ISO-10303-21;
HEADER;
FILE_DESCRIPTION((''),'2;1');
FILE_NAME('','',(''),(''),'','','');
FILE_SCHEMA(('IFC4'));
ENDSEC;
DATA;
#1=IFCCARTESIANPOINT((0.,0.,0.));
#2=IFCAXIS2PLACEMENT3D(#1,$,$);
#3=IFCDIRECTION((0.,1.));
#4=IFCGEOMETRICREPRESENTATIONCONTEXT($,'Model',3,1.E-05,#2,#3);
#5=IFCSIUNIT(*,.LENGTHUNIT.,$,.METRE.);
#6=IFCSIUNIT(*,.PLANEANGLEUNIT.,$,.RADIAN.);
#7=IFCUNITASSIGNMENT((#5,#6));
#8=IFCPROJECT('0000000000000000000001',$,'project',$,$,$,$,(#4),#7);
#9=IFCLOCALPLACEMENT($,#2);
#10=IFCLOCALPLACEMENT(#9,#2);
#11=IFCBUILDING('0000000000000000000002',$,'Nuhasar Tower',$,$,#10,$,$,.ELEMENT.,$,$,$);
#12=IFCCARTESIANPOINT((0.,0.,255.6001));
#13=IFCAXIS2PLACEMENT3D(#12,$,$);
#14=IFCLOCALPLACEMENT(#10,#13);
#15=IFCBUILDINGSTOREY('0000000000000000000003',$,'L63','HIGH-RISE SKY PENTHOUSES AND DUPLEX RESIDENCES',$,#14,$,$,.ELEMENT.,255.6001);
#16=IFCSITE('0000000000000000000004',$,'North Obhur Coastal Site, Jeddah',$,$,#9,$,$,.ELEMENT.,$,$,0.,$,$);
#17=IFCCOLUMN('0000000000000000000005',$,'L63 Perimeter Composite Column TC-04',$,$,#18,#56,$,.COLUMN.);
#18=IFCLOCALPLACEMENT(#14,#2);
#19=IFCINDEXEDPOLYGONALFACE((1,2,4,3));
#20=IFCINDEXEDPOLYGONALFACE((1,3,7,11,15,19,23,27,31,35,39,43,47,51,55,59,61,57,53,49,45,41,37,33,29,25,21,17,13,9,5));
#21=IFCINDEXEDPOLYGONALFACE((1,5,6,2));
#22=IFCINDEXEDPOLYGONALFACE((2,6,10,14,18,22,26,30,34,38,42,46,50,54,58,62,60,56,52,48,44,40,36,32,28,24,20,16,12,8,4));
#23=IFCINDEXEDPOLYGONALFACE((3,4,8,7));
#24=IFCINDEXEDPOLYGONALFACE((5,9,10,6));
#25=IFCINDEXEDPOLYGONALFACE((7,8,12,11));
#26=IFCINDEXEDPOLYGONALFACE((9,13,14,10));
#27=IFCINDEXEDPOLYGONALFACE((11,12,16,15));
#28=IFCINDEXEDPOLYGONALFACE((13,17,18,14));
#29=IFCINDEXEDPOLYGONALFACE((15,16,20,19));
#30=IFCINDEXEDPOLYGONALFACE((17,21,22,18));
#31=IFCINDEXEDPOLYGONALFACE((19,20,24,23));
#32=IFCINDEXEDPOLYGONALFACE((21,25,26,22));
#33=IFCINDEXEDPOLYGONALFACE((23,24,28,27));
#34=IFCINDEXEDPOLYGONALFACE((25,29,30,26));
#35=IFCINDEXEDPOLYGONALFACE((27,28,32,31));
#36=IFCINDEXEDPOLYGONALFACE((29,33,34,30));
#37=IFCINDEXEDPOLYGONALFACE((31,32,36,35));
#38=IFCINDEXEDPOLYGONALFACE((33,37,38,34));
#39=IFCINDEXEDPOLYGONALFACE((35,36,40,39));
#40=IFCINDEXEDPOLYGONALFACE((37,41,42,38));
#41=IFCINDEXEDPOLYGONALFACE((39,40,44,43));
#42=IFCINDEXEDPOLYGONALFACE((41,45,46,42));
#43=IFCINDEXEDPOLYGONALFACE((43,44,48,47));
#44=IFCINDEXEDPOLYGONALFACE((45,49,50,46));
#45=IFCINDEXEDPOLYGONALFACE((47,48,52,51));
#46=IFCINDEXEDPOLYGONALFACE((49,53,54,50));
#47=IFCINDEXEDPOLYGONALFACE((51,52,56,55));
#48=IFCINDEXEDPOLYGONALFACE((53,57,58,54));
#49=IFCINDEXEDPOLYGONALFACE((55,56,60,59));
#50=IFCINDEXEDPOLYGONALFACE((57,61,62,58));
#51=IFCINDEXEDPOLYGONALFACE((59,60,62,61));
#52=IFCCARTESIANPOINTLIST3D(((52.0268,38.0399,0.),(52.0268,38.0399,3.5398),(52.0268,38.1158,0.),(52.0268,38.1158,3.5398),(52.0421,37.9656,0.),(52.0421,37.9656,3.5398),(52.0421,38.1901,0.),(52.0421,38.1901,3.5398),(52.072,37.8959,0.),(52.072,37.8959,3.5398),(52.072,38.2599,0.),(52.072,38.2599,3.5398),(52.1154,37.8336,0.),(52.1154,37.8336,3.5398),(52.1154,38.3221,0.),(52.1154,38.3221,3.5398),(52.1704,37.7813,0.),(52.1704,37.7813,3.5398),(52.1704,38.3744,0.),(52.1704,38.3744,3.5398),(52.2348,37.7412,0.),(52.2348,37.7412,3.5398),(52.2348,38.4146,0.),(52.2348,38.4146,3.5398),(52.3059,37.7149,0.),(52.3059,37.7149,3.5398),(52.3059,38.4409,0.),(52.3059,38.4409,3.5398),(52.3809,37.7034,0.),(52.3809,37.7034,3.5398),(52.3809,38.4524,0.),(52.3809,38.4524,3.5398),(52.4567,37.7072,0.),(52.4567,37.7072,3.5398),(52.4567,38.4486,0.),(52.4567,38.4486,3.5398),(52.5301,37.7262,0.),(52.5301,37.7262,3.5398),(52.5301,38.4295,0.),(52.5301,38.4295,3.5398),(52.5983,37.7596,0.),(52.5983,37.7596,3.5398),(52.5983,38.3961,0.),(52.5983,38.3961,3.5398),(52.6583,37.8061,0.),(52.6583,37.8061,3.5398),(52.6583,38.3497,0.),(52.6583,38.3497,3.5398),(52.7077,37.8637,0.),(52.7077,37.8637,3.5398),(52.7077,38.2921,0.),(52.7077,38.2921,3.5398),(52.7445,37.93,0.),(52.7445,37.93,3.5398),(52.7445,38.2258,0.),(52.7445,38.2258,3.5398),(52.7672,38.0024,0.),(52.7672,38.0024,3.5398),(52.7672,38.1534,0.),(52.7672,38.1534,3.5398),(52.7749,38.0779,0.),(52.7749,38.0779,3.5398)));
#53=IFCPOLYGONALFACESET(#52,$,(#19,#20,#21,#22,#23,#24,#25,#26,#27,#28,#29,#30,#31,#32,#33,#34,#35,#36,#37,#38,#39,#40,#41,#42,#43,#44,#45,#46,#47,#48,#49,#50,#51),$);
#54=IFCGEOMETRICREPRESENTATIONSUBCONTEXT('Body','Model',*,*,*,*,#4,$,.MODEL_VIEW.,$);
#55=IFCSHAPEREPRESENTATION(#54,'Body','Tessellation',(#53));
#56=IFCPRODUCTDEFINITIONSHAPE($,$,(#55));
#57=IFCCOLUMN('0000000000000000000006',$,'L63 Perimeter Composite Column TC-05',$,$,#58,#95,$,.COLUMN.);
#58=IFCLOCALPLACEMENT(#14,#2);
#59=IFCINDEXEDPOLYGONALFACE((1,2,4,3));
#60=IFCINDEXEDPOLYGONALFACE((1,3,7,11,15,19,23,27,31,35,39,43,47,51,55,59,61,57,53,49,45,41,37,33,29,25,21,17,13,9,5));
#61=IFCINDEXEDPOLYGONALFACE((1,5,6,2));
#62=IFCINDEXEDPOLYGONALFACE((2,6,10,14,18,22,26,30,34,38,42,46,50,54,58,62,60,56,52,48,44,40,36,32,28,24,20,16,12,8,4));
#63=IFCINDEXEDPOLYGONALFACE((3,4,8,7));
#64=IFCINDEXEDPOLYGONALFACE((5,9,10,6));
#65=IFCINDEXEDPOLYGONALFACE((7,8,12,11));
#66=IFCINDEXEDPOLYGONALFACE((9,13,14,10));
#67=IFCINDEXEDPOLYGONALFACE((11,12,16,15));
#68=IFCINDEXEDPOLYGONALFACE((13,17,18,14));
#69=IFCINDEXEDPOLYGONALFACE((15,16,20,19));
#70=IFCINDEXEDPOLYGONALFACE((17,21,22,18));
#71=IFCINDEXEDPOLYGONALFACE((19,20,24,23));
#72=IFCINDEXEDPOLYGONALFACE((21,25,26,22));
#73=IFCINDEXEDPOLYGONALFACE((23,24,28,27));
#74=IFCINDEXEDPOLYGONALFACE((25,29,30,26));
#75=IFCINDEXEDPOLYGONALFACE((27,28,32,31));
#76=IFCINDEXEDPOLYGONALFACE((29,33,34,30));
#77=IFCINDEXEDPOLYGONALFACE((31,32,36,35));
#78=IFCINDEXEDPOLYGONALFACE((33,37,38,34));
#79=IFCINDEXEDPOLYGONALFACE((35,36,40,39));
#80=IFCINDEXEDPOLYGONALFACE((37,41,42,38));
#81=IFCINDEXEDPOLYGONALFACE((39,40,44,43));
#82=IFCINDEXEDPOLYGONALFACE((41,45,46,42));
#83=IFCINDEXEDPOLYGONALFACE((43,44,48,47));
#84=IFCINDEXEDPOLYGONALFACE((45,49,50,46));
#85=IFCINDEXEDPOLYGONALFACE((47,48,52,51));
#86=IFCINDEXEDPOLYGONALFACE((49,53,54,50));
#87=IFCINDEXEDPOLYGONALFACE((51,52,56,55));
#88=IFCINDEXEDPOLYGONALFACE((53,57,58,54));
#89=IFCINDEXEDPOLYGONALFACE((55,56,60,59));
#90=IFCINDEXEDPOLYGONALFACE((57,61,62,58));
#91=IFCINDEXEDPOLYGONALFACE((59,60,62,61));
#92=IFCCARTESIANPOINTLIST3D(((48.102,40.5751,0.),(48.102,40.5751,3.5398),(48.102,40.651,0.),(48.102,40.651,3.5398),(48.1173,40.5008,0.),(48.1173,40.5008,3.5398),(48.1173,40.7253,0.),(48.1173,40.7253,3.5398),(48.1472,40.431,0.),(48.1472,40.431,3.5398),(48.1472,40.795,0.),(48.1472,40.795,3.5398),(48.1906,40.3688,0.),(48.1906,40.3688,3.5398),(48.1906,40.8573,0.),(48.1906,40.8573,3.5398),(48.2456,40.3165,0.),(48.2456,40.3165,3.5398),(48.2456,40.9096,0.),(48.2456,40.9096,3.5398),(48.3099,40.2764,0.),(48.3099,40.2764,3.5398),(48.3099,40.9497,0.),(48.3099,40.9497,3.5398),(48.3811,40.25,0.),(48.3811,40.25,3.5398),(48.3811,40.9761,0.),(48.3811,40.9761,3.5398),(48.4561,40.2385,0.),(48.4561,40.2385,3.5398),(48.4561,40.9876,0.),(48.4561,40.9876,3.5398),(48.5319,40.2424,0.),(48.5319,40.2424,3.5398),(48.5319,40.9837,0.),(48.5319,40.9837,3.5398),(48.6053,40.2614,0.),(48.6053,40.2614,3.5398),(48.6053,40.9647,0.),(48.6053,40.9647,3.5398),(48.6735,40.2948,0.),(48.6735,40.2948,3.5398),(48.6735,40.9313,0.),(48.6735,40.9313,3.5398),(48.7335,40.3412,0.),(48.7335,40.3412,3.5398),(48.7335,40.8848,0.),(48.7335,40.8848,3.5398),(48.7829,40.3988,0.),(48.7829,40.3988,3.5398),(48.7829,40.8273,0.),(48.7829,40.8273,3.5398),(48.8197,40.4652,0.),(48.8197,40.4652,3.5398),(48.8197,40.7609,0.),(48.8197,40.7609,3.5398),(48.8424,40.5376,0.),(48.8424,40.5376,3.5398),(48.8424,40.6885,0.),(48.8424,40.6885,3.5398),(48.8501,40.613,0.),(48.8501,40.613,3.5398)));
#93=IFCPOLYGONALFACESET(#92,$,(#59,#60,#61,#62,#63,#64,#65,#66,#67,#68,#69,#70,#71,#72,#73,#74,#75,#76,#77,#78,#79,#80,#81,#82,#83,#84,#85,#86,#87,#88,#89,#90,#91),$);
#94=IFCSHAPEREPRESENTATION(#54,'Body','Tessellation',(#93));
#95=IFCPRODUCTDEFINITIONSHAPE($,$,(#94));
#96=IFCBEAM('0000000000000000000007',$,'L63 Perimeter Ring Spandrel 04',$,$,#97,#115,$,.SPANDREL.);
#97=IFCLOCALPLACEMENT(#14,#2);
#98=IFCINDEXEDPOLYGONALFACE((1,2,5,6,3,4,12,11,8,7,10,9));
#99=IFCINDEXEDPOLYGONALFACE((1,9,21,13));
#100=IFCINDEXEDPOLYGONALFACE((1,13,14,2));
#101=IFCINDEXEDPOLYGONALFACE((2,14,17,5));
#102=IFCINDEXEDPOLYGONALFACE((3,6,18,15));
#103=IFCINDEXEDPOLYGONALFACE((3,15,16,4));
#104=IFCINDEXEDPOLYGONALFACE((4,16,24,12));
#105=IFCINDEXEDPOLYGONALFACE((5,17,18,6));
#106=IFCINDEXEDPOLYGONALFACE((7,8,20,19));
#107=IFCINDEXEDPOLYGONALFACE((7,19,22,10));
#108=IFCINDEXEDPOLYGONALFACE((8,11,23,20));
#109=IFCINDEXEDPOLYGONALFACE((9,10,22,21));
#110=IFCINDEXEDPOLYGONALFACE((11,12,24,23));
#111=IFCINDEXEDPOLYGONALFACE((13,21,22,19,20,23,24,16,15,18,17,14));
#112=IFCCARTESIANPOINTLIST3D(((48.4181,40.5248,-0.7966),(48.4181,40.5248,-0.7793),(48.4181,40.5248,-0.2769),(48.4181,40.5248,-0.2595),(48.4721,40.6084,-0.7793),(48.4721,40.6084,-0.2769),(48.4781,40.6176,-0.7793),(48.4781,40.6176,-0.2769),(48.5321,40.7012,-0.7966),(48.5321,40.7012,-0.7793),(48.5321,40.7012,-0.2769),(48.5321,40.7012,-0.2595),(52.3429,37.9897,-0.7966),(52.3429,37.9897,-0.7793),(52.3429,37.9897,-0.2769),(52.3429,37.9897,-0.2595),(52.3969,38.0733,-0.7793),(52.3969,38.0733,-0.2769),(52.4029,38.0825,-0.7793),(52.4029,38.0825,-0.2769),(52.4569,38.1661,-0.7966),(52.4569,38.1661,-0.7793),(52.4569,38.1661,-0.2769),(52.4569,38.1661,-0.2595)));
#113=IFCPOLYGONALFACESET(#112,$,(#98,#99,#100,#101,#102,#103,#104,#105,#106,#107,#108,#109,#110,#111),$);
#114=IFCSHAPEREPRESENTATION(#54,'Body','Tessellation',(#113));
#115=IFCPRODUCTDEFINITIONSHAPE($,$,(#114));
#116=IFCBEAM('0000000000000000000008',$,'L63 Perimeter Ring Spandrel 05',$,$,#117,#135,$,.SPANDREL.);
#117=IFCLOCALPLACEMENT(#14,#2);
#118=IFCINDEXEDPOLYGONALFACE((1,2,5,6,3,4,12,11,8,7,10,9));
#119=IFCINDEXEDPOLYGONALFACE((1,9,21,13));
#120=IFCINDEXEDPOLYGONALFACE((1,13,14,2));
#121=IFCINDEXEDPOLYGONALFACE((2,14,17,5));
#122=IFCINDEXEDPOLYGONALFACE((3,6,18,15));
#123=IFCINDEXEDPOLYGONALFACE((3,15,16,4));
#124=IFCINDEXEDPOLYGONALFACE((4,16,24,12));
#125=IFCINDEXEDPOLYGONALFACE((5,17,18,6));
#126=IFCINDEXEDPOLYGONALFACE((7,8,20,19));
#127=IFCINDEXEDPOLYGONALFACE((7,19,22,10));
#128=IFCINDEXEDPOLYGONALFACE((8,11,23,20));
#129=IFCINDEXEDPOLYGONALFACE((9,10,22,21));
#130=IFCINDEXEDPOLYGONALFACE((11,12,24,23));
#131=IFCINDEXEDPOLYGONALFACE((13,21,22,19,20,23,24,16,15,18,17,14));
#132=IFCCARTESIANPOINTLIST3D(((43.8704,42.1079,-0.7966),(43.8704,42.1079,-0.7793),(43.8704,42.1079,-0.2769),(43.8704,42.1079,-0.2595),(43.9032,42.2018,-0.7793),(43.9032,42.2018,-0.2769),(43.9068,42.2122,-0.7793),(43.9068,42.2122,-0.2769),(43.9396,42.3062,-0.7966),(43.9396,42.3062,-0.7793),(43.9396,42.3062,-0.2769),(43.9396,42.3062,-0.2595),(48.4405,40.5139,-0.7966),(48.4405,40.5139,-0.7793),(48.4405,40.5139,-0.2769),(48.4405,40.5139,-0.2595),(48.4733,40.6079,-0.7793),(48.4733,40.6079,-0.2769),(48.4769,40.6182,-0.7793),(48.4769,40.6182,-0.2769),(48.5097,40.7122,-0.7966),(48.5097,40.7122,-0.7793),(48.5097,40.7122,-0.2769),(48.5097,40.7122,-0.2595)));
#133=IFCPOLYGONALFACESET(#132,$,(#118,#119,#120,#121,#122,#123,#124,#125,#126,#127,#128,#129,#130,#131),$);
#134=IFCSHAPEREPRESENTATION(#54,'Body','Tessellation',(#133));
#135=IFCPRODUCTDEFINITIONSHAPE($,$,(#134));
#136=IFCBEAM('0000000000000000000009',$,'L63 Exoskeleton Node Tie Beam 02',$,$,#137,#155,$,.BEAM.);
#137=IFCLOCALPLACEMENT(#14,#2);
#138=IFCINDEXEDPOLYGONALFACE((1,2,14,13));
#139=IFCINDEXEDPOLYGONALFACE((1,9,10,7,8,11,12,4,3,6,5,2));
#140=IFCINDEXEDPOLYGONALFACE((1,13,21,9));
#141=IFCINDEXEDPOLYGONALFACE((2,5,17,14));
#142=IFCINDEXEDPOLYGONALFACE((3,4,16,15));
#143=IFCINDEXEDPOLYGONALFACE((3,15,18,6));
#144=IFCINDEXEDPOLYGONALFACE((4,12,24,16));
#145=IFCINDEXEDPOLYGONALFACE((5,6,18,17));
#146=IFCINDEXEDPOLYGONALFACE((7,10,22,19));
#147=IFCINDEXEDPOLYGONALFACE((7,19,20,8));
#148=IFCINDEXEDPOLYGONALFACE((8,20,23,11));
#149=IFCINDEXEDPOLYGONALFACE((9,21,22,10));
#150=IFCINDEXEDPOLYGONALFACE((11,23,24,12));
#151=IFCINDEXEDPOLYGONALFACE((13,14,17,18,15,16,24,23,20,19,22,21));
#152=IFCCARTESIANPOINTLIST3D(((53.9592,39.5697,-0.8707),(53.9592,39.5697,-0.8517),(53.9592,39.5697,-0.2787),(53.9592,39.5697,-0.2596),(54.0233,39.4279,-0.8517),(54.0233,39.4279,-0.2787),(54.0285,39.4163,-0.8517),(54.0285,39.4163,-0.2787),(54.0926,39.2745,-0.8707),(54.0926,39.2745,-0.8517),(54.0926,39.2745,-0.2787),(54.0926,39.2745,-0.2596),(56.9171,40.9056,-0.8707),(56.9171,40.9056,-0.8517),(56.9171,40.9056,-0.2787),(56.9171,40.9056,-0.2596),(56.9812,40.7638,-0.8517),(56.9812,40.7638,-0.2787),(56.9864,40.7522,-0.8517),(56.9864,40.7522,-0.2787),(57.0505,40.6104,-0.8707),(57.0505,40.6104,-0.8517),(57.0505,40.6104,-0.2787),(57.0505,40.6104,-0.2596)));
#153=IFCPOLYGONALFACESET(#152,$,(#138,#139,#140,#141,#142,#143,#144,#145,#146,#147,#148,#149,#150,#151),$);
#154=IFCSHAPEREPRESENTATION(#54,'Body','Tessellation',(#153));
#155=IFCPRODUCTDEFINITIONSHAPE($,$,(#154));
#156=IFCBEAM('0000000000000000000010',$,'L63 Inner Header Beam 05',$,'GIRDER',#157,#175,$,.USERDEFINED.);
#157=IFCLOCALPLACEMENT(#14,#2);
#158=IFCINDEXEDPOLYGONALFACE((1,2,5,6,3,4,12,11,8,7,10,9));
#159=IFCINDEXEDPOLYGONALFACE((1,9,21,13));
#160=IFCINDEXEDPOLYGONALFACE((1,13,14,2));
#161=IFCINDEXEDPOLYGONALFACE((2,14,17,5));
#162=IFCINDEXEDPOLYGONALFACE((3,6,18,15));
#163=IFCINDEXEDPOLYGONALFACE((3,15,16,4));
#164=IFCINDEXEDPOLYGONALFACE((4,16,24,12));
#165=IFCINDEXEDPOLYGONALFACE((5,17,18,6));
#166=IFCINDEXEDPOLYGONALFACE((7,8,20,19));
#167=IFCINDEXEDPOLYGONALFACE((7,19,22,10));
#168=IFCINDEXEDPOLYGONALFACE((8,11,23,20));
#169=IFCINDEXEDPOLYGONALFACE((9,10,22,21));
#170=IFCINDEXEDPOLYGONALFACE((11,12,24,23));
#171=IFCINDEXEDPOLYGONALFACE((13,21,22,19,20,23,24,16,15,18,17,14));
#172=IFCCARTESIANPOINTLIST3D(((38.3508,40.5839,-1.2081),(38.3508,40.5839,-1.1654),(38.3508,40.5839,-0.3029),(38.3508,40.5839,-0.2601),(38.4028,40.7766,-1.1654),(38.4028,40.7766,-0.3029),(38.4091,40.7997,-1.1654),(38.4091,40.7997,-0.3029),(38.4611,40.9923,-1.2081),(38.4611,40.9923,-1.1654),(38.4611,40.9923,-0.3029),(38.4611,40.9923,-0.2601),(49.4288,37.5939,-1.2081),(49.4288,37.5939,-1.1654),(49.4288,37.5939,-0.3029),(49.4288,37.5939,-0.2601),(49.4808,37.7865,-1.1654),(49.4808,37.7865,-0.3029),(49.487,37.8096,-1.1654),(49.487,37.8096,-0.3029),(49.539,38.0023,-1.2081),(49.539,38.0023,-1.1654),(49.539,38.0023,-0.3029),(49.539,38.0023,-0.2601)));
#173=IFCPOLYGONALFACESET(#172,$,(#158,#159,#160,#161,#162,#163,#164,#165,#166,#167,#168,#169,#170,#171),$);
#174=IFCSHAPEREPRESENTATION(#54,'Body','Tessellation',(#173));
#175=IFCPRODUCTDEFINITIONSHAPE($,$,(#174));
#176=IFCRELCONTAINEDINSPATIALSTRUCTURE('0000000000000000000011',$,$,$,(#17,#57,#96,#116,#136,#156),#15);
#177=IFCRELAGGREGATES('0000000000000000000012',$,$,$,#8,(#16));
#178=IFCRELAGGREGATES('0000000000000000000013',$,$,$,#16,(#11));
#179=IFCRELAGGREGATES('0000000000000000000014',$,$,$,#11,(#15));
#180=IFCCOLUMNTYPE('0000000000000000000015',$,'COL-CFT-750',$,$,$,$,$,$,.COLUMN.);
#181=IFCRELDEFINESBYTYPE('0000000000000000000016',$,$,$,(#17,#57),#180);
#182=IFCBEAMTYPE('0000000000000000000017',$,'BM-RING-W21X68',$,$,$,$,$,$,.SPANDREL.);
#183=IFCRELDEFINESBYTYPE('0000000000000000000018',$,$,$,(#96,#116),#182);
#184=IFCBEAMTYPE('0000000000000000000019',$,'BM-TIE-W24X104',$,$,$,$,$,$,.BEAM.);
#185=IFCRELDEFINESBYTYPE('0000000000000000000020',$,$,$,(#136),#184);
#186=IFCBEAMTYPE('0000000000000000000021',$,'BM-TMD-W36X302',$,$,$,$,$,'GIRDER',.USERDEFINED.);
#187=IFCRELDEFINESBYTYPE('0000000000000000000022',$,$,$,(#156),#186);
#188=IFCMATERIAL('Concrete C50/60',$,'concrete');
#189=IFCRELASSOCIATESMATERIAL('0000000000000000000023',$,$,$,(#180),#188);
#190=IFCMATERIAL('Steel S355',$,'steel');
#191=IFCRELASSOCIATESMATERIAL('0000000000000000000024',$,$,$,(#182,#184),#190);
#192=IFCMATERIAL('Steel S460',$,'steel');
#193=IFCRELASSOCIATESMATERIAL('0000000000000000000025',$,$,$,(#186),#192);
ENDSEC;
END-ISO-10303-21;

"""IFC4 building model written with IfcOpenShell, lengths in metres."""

from ifc_helpers import new_model, si_unit, direction, frame, origin, origin_2d, place, context, subcontext, project, spatial, circle, i_section, extrude, material, material_profile, profile_set, type_object, element, save


model = new_model("IFC4")

# Units and contexts
model_context = context("Model", 3, precision=1e-05, world=origin(), true_north=direction((0.0, 1.0)))
body_context = subcontext(model_context, "Body", "Model", "MODEL_VIEW")
ifc_project = project(units=[si_unit("LENGTHUNIT", "METRE"), si_unit("PLANEANGLEUNIT", "RADIAN")], contexts=[model_context])

# Site, building, storey
site_placement = place(None, origin())
site = spatial("IfcSite", under=ifc_project, at=site_placement, Name="North Obhur Coastal Site, Jeddah", CompositionType="ELEMENT", RefElevation=0.0)
building_placement = place(site_placement, origin())
building = spatial("IfcBuilding", under=site, at=building_placement, Name="Nuhasar Tower", CompositionType="ELEMENT")
storey_placement = place(building_placement, frame((0.0, 0.0, 255.6001)))
storey = spatial("IfcBuildingStorey", under=building, at=storey_placement, Name="L63", Description="HIGH-RISE SKY PENTHOUSES AND DUPLEX RESIDENCES", CompositionType="ELEMENT", Elevation=255.6001)

# Columns
ifc_material_1 = material(Name="Concrete C50/60", Category="concrete")
ifc_material_profile_1 = material_profile(ifc_material_1, circle(Radius=0.375, at=origin_2d()), Name="CFT750")
ifc_profile_set_1 = profile_set([ifc_material_profile_1], Name="Concrete C50/60")
column_type = type_object("IfcColumnType", Name="COL-CFT-750", PredefinedType="COLUMN", material=ifc_profile_set_1)
for number, where, z_axis, x_axis, name in (
    (1, (52.3999, 38.0779, 0.0), (0.0, 0.0, 1.0), (1.0, 0.0, 0.0), "L63 Perimeter Composite Column TC-04"),
    (2, (48.4751, 40.613, 0.0), (0.0, 0.0, 1.0), (1.0, 0.0, 0.0), "L63 Perimeter Composite Column TC-05"),
):
    element("IfcColumn", number, at=place(storey_placement, frame(where, z_axis=z_axis, x_axis=x_axis)), inside=storey, type_object=column_type, Name=name, PredefinedType="COLUMN", context=body_context, shape_type="SweptSolid", body=[
        extrude(circle(Radius=0.375, at=origin_2d()), origin(), (0.0, 0.0, 1.0), 3.5398),
    ])

# Beams
ifc_material_2 = material(Name="Steel S355", Category="steel")
ifc_material_profile_2 = material_profile(ifc_material_2, i_section(OverallWidth=0.21, OverallDepth=0.5371, WebThickness=0.011, FlangeThickness=0.0173, at=origin_2d()), Name="W21X68")
ifc_profile_set_2 = profile_set([ifc_material_profile_2], Name="Steel S355")
beam_type_1 = type_object("IfcBeamType", Name="BM-RING-W21X68", PredefinedType="SPANDREL", material=ifc_profile_set_2)
beam_1_placement = place(storey_placement, frame((52.3999, 38.0779, -0.5281), z_axis=(-0.840002, 0.542584, 0.0), x_axis=(-0.542584, -0.840002, 0.0)))
element("IfcBeam", 3, at=beam_1_placement, inside=storey, type_object=beam_type_1, Name="L63 Perimeter Ring Spandrel 04", PredefinedType="SPANDREL", context=body_context, shape_type="SweptSolid", body=[
    extrude(i_section(OverallWidth=0.21, OverallDepth=0.5371, WebThickness=0.011, FlangeThickness=0.0173, at=origin_2d()), origin(), (0.0, 0.0, 1.0), 4.6724),
])
beam_2_placement = place(storey_placement, frame((48.4751, 40.613, -0.5281), z_axis=(-0.944214, 0.329332, 0.0), x_axis=(-0.329332, -0.944214, 0.0)))
element("IfcBeam", 4, at=beam_2_placement, inside=storey, type_object=beam_type_1, Name="L63 Perimeter Ring Spandrel 05", PredefinedType="SPANDREL", context=body_context, shape_type="SweptSolid", body=[
    extrude(i_section(OverallWidth=0.21, OverallDepth=0.5371, WebThickness=0.011, FlangeThickness=0.0173, at=origin_2d()), origin(), (0.0, 0.0, 1.0), 4.8401),
])
ifc_material_profile_3 = material_profile(ifc_material_2, i_section(OverallWidth=0.324, OverallDepth=0.6111, WebThickness=0.0127, FlangeThickness=0.019, at=origin_2d()), Name="W24X104")
ifc_profile_set_3 = profile_set([ifc_material_profile_3], Name="Steel S355")
beam_type_2 = type_object("IfcBeamType", Name="BM-TIE-W24X104", PredefinedType="BEAM", material=ifc_profile_set_3)
beam_3_placement = place(storey_placement, frame((54.0259, 39.4221, -0.5652), z_axis=(0.911363, 0.411603, 0.0), x_axis=(-0.411603, 0.911363, 0.0)))
element("IfcBeam", 5, at=beam_3_placement, inside=storey, type_object=beam_type_2, Name="L63 Exoskeleton Node Tie Beam 02", PredefinedType="BEAM", context=body_context, shape_type="SweptSolid", body=[
    extrude(i_section(OverallWidth=0.324, OverallDepth=0.6111, WebThickness=0.0127, FlangeThickness=0.019, at=origin_2d()), origin(), (0.0, 0.0, 1.0), 3.2456),
])
ifc_material_3 = material(Name="Steel S460", Category="steel")
ifc_material_profile_4 = material_profile(ifc_material_3, i_section(OverallWidth=0.4231, OverallDepth=0.948, WebThickness=0.0239, FlangeThickness=0.0427, at=origin_2d()), Name="W36X302")
ifc_profile_set_4 = profile_set([ifc_material_profile_4], Name="Steel S460")
beam_type_3 = type_object("IfcBeamType", Name="BM-TMD-W36X302", ElementType="GIRDER", PredefinedType="USERDEFINED", material=ifc_profile_set_4)
beam_4_placement = place(storey_placement, frame((49.4839, 37.7981, -0.7341), z_axis=(-0.965452, 0.260582, 0.0), x_axis=(-0.260582, -0.965452, 0.0)))
element("IfcBeam", 6, at=beam_4_placement, inside=storey, type_object=beam_type_3, Name="L63 Inner Header Beam 05", ObjectType="GIRDER", PredefinedType="USERDEFINED", context=body_context, shape_type="SweptSolid", body=[
    extrude(i_section(OverallWidth=0.4231, OverallDepth=0.948, WebThickness=0.0239, FlangeThickness=0.0427, at=origin_2d()), origin(), (0.0, 0.0, 1.0), 11.4744),
])

save(model, "model.ifc")
